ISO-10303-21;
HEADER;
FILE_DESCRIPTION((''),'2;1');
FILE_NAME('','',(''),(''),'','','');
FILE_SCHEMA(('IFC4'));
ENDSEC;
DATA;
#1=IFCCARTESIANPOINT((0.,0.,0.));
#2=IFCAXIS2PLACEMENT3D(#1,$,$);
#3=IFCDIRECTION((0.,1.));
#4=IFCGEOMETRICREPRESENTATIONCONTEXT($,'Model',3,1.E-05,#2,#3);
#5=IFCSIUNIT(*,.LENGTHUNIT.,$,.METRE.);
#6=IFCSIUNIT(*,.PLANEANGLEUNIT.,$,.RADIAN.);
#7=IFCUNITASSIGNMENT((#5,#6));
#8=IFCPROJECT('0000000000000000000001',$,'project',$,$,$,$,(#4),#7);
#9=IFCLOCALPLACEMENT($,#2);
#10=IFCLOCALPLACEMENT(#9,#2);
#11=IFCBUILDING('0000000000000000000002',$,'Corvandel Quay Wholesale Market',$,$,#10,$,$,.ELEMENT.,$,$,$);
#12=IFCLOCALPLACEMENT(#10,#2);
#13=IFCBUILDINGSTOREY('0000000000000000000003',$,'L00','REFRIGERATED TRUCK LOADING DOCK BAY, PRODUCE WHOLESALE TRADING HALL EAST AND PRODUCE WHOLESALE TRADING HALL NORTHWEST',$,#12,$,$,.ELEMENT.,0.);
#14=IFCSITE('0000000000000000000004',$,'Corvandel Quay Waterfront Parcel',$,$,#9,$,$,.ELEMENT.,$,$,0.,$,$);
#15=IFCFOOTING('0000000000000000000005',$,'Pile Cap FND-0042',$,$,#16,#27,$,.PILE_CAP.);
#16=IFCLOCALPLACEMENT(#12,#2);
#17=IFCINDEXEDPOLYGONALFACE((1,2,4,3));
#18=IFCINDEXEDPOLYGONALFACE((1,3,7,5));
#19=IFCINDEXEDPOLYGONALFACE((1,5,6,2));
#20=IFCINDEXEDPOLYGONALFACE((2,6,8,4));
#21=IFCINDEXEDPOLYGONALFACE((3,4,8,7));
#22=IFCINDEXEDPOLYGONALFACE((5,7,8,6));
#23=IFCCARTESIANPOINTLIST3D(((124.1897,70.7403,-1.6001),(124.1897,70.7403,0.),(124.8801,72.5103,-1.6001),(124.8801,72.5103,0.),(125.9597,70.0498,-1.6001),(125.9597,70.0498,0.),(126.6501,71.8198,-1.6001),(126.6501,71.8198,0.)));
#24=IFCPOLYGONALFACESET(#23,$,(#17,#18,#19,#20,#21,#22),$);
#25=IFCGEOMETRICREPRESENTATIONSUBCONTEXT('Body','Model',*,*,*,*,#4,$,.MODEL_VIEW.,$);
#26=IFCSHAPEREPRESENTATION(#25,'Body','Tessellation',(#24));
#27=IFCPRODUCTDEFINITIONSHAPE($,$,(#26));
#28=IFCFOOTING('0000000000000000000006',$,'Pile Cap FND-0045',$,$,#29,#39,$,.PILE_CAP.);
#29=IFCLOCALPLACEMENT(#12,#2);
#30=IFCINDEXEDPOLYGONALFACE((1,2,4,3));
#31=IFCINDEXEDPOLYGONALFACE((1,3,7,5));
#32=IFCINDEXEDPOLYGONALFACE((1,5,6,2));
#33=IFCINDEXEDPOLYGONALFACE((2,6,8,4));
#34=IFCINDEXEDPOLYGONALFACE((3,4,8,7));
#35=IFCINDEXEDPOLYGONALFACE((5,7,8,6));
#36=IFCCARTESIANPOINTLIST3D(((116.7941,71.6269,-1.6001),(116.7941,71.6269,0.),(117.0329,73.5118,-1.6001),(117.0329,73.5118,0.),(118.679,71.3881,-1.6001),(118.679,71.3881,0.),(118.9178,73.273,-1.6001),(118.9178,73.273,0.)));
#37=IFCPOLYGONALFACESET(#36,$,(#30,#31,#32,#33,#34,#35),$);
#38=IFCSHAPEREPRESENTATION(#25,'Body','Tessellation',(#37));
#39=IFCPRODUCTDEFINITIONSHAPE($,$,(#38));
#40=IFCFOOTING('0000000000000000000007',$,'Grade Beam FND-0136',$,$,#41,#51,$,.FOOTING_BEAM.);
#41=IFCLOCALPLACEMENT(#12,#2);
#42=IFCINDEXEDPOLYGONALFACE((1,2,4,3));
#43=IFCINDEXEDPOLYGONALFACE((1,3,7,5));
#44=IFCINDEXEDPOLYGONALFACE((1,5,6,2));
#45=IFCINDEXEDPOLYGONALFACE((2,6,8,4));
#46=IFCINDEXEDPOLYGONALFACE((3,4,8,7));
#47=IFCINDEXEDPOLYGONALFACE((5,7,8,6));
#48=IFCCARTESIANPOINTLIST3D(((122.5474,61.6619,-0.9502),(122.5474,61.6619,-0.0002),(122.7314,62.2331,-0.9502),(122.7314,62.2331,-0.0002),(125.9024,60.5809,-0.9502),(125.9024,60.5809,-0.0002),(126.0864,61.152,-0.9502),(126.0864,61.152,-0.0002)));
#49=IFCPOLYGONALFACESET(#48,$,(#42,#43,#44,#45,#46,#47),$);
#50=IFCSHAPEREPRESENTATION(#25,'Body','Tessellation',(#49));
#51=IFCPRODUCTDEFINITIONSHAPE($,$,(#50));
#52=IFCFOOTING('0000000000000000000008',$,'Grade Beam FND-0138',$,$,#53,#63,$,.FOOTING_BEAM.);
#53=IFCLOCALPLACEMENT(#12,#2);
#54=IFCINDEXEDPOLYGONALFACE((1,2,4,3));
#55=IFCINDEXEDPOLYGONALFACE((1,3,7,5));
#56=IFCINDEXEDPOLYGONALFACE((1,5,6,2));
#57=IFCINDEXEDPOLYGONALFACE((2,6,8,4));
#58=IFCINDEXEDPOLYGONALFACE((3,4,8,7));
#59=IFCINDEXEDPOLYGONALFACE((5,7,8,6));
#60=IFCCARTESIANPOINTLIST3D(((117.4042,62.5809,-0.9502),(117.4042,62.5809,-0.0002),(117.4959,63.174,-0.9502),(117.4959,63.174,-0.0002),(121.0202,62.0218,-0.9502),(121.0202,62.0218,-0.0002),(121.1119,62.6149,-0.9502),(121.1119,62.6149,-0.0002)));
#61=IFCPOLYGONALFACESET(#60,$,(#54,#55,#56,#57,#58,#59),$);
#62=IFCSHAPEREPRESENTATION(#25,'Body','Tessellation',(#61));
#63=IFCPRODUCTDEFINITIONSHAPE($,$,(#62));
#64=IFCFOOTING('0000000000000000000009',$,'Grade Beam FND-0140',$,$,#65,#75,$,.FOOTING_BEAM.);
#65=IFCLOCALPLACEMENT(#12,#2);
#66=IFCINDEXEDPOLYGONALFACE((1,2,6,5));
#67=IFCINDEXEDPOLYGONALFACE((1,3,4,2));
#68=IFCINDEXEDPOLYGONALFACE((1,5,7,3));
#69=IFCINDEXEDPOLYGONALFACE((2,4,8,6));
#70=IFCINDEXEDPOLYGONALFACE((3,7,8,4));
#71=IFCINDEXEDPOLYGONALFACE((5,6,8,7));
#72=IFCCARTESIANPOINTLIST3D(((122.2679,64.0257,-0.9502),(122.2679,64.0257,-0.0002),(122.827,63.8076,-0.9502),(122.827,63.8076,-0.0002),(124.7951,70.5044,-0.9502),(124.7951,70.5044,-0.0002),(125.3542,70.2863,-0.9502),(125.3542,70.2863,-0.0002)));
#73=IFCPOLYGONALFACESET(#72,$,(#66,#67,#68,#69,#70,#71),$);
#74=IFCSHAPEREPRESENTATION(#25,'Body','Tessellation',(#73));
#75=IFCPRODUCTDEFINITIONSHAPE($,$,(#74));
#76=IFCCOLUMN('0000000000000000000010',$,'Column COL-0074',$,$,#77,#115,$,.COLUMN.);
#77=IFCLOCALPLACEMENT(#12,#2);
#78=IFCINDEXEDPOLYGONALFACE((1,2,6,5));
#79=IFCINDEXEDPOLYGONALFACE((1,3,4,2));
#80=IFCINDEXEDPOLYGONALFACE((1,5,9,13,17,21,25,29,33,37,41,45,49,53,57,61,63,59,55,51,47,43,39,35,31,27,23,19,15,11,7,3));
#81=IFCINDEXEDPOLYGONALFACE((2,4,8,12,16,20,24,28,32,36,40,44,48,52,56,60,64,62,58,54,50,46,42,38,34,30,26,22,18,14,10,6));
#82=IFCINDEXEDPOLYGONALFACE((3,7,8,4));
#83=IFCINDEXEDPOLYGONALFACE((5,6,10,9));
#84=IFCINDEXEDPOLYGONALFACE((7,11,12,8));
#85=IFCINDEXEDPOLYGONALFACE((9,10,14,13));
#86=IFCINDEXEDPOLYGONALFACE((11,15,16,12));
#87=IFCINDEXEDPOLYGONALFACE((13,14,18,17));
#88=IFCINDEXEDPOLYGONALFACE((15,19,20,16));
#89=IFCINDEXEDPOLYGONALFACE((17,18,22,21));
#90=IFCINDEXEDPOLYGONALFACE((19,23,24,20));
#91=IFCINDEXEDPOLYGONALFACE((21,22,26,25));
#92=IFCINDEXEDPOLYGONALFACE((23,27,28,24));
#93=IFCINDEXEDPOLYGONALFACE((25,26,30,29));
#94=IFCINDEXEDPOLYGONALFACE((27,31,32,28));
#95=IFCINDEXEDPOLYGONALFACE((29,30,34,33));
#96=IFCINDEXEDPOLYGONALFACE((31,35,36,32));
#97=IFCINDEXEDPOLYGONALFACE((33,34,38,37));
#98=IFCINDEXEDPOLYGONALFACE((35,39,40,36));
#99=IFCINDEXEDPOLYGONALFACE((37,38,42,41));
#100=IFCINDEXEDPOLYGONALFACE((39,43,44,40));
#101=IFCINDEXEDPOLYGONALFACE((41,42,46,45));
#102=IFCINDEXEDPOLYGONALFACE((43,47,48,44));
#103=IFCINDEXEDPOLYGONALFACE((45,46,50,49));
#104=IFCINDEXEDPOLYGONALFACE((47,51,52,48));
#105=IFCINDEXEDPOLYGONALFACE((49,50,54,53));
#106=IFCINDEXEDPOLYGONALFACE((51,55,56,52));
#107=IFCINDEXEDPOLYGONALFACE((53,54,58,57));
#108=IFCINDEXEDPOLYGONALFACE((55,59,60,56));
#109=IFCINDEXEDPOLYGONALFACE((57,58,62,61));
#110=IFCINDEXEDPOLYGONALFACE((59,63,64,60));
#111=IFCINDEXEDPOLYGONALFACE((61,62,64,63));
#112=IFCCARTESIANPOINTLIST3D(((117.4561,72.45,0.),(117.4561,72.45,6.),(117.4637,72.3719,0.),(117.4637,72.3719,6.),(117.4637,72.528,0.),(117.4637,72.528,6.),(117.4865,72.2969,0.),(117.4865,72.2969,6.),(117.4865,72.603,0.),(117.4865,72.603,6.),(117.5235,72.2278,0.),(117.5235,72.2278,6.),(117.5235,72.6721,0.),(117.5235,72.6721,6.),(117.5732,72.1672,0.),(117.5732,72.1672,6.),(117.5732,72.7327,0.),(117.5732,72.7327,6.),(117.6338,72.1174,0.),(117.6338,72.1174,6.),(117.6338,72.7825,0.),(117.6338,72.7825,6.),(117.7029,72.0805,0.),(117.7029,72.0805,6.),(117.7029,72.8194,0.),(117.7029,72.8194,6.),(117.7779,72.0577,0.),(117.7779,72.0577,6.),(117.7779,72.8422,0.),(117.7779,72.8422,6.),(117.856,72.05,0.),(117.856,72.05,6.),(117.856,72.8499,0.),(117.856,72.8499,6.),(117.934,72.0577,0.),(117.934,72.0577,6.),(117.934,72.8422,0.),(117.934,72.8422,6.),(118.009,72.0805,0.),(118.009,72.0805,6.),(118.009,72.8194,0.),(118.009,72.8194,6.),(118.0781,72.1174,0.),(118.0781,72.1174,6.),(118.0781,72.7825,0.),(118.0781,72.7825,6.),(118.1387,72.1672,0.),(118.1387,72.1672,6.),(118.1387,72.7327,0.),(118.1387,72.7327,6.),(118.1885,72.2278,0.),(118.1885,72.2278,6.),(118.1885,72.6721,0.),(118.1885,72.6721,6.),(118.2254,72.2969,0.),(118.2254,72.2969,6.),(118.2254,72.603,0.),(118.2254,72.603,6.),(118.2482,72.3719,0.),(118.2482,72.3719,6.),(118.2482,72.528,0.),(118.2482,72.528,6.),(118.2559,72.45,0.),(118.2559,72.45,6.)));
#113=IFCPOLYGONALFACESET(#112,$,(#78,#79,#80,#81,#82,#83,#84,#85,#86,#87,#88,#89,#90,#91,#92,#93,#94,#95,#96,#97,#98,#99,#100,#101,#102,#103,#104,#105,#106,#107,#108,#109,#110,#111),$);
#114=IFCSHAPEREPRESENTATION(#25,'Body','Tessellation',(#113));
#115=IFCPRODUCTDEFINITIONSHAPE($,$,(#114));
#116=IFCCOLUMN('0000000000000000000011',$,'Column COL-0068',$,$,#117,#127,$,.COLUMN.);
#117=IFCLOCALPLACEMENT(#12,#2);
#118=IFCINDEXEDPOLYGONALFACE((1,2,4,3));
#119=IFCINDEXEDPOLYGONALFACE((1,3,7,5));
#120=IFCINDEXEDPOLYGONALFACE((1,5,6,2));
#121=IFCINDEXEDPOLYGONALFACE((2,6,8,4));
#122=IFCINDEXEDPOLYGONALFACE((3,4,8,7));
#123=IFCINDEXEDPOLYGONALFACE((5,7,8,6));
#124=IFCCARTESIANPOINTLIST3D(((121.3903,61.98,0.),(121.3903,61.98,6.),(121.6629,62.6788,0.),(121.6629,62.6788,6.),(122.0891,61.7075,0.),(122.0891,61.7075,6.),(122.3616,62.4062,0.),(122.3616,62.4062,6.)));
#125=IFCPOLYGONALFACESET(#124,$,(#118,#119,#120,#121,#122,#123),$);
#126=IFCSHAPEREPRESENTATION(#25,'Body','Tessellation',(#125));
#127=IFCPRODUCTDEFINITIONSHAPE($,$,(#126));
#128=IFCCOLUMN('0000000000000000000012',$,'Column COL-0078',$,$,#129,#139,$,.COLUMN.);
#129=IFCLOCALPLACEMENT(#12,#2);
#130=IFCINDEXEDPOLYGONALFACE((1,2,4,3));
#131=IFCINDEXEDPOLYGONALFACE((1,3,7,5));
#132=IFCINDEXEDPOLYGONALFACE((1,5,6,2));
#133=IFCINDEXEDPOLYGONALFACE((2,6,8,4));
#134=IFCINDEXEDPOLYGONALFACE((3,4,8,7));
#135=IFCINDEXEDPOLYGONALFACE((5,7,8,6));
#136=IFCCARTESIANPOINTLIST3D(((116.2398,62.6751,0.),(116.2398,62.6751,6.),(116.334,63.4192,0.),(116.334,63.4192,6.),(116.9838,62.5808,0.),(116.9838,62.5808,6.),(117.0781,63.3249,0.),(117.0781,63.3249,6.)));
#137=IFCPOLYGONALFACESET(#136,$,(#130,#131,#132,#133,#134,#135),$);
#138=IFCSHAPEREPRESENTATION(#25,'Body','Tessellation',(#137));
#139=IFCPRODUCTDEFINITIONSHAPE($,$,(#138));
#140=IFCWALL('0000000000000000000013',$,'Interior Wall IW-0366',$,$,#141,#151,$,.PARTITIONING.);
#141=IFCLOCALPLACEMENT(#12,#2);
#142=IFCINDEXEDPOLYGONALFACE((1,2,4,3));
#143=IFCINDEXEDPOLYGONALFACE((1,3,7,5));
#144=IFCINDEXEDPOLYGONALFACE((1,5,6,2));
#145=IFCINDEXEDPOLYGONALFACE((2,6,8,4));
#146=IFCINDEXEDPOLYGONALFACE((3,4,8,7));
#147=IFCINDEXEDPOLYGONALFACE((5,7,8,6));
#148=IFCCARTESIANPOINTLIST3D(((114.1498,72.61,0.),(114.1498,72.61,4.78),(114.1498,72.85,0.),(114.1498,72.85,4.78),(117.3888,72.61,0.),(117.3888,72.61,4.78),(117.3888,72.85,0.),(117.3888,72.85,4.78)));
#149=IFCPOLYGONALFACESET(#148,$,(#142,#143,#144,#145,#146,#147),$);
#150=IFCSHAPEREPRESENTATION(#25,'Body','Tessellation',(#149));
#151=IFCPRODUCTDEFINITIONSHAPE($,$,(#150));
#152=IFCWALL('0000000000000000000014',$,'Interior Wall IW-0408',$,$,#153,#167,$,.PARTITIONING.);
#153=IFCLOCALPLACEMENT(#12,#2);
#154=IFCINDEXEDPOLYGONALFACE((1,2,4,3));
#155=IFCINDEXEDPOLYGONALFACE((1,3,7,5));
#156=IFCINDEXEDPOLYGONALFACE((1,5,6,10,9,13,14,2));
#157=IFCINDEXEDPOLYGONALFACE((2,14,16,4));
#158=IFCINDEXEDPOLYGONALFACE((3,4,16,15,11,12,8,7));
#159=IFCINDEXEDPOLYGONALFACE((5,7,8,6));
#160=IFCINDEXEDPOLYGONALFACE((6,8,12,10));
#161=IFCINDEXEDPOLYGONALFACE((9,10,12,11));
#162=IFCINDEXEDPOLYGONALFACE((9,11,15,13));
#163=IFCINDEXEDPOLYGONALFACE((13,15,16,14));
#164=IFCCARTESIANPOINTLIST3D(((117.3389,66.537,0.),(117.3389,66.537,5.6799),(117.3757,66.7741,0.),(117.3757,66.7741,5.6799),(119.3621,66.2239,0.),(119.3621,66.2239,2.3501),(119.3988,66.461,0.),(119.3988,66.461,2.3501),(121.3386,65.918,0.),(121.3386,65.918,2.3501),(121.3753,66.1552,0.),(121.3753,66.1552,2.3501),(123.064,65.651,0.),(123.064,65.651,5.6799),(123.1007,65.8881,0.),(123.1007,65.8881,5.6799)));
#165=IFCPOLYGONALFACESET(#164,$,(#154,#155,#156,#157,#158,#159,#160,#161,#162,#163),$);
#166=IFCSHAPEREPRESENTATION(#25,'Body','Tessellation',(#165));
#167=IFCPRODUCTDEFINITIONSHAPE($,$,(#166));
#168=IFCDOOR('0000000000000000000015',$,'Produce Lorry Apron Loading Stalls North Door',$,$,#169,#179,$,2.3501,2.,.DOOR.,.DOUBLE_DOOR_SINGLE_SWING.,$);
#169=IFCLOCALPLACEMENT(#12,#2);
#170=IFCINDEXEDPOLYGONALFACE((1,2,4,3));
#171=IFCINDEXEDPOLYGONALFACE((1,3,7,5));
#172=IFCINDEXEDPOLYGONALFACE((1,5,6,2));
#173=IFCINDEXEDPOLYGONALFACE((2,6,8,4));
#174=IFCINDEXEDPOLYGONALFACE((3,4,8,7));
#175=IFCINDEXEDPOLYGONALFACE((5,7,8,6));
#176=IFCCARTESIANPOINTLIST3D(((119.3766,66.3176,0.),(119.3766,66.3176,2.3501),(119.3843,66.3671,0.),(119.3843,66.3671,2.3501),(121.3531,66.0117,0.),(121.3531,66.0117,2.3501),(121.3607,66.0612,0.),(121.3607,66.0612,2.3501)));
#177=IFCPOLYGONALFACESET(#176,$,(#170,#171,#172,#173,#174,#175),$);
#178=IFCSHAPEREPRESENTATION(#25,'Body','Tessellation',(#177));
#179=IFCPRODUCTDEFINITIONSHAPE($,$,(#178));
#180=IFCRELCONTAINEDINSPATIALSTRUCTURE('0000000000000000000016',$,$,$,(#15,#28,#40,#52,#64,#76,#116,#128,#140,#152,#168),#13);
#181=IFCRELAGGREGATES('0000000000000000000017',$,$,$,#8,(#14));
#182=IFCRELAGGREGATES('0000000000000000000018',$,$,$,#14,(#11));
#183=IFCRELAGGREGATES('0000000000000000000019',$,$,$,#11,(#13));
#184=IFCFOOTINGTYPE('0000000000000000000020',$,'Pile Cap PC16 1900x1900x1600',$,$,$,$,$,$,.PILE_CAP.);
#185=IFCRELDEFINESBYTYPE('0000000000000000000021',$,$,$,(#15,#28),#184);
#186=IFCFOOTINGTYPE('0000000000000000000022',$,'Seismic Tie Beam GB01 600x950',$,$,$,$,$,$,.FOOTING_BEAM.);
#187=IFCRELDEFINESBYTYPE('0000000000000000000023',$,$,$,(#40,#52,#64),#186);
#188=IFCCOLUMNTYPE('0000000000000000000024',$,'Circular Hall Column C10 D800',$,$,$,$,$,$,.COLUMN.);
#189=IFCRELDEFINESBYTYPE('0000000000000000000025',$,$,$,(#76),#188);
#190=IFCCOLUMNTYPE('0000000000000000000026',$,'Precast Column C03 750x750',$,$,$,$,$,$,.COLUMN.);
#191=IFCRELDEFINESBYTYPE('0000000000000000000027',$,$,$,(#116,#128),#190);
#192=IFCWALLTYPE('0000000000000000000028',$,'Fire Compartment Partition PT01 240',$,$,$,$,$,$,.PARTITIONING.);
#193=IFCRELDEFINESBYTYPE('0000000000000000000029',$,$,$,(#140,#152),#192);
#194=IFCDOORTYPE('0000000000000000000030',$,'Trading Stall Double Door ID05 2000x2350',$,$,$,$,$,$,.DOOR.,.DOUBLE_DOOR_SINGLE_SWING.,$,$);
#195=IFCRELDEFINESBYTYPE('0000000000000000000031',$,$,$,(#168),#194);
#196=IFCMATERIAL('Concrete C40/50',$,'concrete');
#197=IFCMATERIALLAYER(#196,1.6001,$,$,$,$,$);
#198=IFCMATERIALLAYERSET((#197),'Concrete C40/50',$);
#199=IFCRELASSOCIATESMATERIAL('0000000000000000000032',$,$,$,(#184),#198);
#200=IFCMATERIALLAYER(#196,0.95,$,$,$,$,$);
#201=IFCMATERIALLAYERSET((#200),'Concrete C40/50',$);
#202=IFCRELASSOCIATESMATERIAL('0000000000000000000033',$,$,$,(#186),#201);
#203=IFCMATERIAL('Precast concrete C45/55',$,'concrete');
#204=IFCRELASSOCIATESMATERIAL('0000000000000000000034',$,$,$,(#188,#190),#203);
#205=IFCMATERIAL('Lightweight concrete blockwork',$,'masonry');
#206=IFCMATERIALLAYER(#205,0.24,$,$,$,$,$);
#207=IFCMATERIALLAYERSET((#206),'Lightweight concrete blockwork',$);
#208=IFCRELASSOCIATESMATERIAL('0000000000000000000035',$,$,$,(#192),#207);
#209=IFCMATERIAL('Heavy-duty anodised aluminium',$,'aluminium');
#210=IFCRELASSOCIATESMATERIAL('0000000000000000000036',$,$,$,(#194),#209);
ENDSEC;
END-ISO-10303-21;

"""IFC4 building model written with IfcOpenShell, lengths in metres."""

from ifc_helpers import new_model, si_unit, direction, frame, frame_2d, origin, origin_2d, place, context, subcontext, project, spatial, rectangle, circle, extrude, material, layer, layer_set, material_profile, profile_set, type_object, element, fill, save


model = new_model("IFC4")

# Units and contexts
model_context = context("Model", 3, precision=1e-05, world=origin(), true_north=direction((0.0, 1.0)))
body_context = subcontext(model_context, "Body", "Model", "MODEL_VIEW")
ifc_project = project(units=[si_unit("LENGTHUNIT", "METRE"), si_unit("PLANEANGLEUNIT", "RADIAN")], contexts=[model_context])

# Site, building, storey
site_placement = place(None, origin())
site = spatial("IfcSite", under=ifc_project, at=site_placement, Name="Corvandel Quay Waterfront Parcel", CompositionType="ELEMENT", RefElevation=0.0)
building_placement = place(site_placement, origin())
building = spatial("IfcBuilding", under=site, at=building_placement, Name="Corvandel Quay Wholesale Market", CompositionType="ELEMENT")
storey_placement = place(building_placement, origin())
storey = spatial("IfcBuildingStorey", under=building, at=storey_placement, Name="L00", Description="REFRIGERATED TRUCK LOADING DOCK BAY, PRODUCE WHOLESALE TRADING HALL EAST AND PRODUCE WHOLESALE TRADING HALL NORTHWEST", CompositionType="ELEMENT", Elevation=0.0)

# Shared definitions
ifc_material_1 = material(Name="Concrete C40/50", Category="concrete")

# Footings
ifc_layer_1 = layer(ifc_material_1, 1.6001)
ifc_layer_set_1 = layer_set([ifc_layer_1], Name="Concrete C40/50")
footing_type_1 = type_object("IfcFootingType", Name="Pile Cap PC16 1900x1900x1600", PredefinedType="PILE_CAP", material=ifc_layer_set_1)
for number, where, z_axis, x_axis, name in (
    (1, (125.4199, 71.28, -1.6001), (0.0, 0.0, 1.0), (-0.931628, 0.363414, 0.0), "Pile Cap FND-0042"),
    (2, (117.856, 72.45, -1.6001), (0.0, 0.0, 1.0), (-0.992071, 0.12568, 0.0), "Pile Cap FND-0045"),
):
    element("IfcFooting", number, at=place(storey_placement, frame(where, z_axis=z_axis, x_axis=x_axis)), inside=storey, type_object=footing_type_1, Name=name, PredefinedType="PILE_CAP", context=body_context, shape_type="SweptSolid", body=[
        extrude(rectangle(XDim=1.8999, YDim=1.8999, at=origin_2d()), origin(), (0.0, 0.0, 1.0), 1.6001),
    ])
ifc_layer_2 = layer(ifc_material_1, 0.95)
ifc_layer_set_2 = layer_set([ifc_layer_2], Name="Concrete C40/50")
footing_type_2 = type_object("IfcFootingType", Name="Seismic Tie Beam GB01 600x950", PredefinedType="FOOTING_BEAM", material=ifc_layer_set_2)
footing_1_placement = place(storey_placement, frame((124.3169, 61.407, -0.9502), z_axis=(0.0, 0.0, 1.0), x_axis=(-0.951809, 0.306692, 0.0)))
element("IfcFooting", 3, at=footing_1_placement, inside=storey, type_object=footing_type_2, Name="Grade Beam FND-0136", PredefinedType="FOOTING_BEAM", context=body_context, shape_type="SweptSolid", body=[
    extrude(rectangle(XDim=3.5249, YDim=0.6001, at=origin_2d()), origin(), (0.0, 0.0, 1.0), 0.95),
])
footing_2_placement = place(storey_placement, frame((119.2581, 62.5979, -0.9502), z_axis=(0.0, 0.0, 1.0), x_axis=(-0.988255, 0.152813, 0.0)))
element("IfcFooting", 4, at=footing_2_placement, inside=storey, type_object=footing_type_2, Name="Grade Beam FND-0138", PredefinedType="FOOTING_BEAM", context=body_context, shape_type="SweptSolid", body=[
    extrude(rectangle(XDim=3.6589, YDim=0.6001, at=origin_2d()), origin(), (0.0, 0.0, 1.0), 0.95),
])
footing_3_placement = place(storey_placement, frame((123.811, 67.156, -0.9502), z_axis=(0.0, 0.0, 1.0), x_axis=(0.363414, 0.931628, 0.0)))
element("IfcFooting", 5, at=footing_3_placement, inside=storey, type_object=footing_type_2, Name="Grade Beam FND-0140", PredefinedType="FOOTING_BEAM", context=body_context, shape_type="SweptSolid", body=[
    extrude(rectangle(XDim=6.9541, YDim=0.6001, at=origin_2d()), origin(), (0.0, 0.0, 1.0), 0.95),
])

# Columns
ifc_material_2 = material(Name="Precast concrete C45/55", Category="concrete")
ifc_material_profile_1 = material_profile(ifc_material_2, circle(Radius=0.3999, at=origin_2d()), Name="PC-COL-D800")
ifc_profile_set_1 = profile_set([ifc_material_profile_1], Name="Precast concrete C45/55")
column_type_1 = type_object("IfcColumnType", Name="Circular Hall Column C10 D800", PredefinedType="COLUMN", material=ifc_profile_set_1)
column_placement = place(storey_placement, frame((117.856, 72.45, 0.0), z_axis=(0.0, 0.0, 1.0), x_axis=(1.0, 0.0, 0.0)))
element("IfcColumn", 6, at=column_placement, inside=storey, type_object=column_type_1, Name="Column COL-0074", PredefinedType="COLUMN", context=body_context, shape_type="SweptSolid", body=[
    extrude(circle(Radius=0.3999, at=origin_2d()), origin(), (0.0, 0.0, 1.0), 6.0),
])
ifc_material_profile_2 = material_profile(ifc_material_2, rectangle(XDim=0.75, YDim=0.75, at=origin_2d()), Name="PC-COL-750x750")
ifc_profile_set_2 = profile_set([ifc_material_profile_2], Name="Precast concrete C45/55")
column_type_2 = type_object("IfcColumnType", Name="Precast Column C03 750x750", PredefinedType="COLUMN", material=ifc_profile_set_2)
for number, where, z_axis, x_axis, name in (
    (7, (121.876, 62.1931, 0.0), (0.0, 0.0, 1.0), (-0.931628, 0.363414, 0.0), "Column COL-0068"),
    (8, (116.6589, 63.0, 0.0), (0.0, 0.0, 1.0), (-0.992071, 0.12568, 0.0), "Column COL-0078"),
):
    element("IfcColumn", number, at=place(storey_placement, frame(where, z_axis=z_axis, x_axis=x_axis)), inside=storey, type_object=column_type_2, Name=name, PredefinedType="COLUMN", context=body_context, shape_type="SweptSolid", body=[
        extrude(rectangle(XDim=0.75, YDim=0.75, at=origin_2d()), origin(), (0.0, 0.0, 1.0), 6.0),
    ])

# Wall
ifc_material_3 = material(Name="Lightweight concrete blockwork", Category="masonry")
ifc_layer_3 = layer(ifc_material_3, 0.24)
ifc_layer_set_3 = layer_set([ifc_layer_3], Name="Lightweight concrete blockwork")
wall_type_1 = type_object("IfcWallType", Name="Fire Compartment Partition PT01 240", PredefinedType="PARTITIONING", material=ifc_layer_set_3)
wall_1_placement = place(storey_placement, frame((117.3889, 72.73, 0.0), z_axis=(0.0, 0.0, 1.0), x_axis=(-1.0, 0.0, 0.0)))
element("IfcWall", 9, at=wall_1_placement, inside=storey, type_object=wall_type_1, Name="Interior Wall IW-0366", PredefinedType="PARTITIONING", context=body_context, shape_type="SweptSolid", body=[
    extrude(rectangle(XDim=3.239, YDim=0.24, at=frame_2d((1.6196, 0.0))), origin(), (0.0, 0.0, 1.0), 4.78),
])

# Wall, opening, door
wall_2_placement = place(storey_placement, frame((117.3574, 66.6555, 0.0), z_axis=(0.0, 0.0, 1.0), x_axis=(0.988236, -0.152934, 0.0)))
wall_2 = element("IfcWall", 10, at=wall_2_placement, inside=storey, type_object=wall_type_1, Name="Interior Wall IW-0408", PredefinedType="PARTITIONING", context=body_context, shape_type="SweptSolid", body=[
    extrude(rectangle(XDim=5.7932, YDim=0.24, at=frame_2d((2.8965, 0.0))), origin(), (0.0, 0.0, 1.0), 5.6799),
])
opening_1_placement = place(wall_2_placement, frame((2.0471, 0.0, 0.0)))
opening_1 = element("IfcOpeningElement", 11, at=opening_1_placement, cuts=wall_2, PredefinedType="OPENING", context=body_context, shape_type="SweptSolid", body=[
    extrude(rectangle(XDim=2.0, YDim=2.3501, at=frame_2d((1.0, 1.175))), frame((0.0, 0.1299, 0.0), z_axis=(0.0, -1.0, 0.0), x_axis=(1.0, 0.0, 0.0)), (0.0, 0.0, 1.0), 0.26),
])
ifc_material_4 = material(Name="Heavy-duty anodised aluminium", Category="aluminium")
door_type_1 = type_object("IfcDoorType", Name="Trading Stall Double Door ID05 2000x2350", OperationType="DOUBLE_DOOR_SINGLE_SWING", PredefinedType="DOOR", material=ifc_material_4)
door_1_placement = place(opening_1_placement, origin())
door_1 = element("IfcDoor", 12, at=door_1_placement, inside=storey, type_object=door_type_1, Name="Produce Lorry Apron Loading Stalls North Door", OperationType="DOUBLE_DOOR_SINGLE_SWING", OverallHeight=2.3501, OverallWidth=2.0, PredefinedType="DOOR", context=body_context, shape_type="SweptSolid", body=[
    extrude(rectangle(XDim=2.0, YDim=2.3501, at=frame_2d((1.0, 1.175))), frame((0.0, 0.0249, 0.0), z_axis=(0.0, -1.0, 0.0), x_axis=(1.0, 0.0, 0.0)), (0.0, 0.0, 1.0), 0.05),
])
fill(opening_1, door_1)

save(model, "model.ifc")
